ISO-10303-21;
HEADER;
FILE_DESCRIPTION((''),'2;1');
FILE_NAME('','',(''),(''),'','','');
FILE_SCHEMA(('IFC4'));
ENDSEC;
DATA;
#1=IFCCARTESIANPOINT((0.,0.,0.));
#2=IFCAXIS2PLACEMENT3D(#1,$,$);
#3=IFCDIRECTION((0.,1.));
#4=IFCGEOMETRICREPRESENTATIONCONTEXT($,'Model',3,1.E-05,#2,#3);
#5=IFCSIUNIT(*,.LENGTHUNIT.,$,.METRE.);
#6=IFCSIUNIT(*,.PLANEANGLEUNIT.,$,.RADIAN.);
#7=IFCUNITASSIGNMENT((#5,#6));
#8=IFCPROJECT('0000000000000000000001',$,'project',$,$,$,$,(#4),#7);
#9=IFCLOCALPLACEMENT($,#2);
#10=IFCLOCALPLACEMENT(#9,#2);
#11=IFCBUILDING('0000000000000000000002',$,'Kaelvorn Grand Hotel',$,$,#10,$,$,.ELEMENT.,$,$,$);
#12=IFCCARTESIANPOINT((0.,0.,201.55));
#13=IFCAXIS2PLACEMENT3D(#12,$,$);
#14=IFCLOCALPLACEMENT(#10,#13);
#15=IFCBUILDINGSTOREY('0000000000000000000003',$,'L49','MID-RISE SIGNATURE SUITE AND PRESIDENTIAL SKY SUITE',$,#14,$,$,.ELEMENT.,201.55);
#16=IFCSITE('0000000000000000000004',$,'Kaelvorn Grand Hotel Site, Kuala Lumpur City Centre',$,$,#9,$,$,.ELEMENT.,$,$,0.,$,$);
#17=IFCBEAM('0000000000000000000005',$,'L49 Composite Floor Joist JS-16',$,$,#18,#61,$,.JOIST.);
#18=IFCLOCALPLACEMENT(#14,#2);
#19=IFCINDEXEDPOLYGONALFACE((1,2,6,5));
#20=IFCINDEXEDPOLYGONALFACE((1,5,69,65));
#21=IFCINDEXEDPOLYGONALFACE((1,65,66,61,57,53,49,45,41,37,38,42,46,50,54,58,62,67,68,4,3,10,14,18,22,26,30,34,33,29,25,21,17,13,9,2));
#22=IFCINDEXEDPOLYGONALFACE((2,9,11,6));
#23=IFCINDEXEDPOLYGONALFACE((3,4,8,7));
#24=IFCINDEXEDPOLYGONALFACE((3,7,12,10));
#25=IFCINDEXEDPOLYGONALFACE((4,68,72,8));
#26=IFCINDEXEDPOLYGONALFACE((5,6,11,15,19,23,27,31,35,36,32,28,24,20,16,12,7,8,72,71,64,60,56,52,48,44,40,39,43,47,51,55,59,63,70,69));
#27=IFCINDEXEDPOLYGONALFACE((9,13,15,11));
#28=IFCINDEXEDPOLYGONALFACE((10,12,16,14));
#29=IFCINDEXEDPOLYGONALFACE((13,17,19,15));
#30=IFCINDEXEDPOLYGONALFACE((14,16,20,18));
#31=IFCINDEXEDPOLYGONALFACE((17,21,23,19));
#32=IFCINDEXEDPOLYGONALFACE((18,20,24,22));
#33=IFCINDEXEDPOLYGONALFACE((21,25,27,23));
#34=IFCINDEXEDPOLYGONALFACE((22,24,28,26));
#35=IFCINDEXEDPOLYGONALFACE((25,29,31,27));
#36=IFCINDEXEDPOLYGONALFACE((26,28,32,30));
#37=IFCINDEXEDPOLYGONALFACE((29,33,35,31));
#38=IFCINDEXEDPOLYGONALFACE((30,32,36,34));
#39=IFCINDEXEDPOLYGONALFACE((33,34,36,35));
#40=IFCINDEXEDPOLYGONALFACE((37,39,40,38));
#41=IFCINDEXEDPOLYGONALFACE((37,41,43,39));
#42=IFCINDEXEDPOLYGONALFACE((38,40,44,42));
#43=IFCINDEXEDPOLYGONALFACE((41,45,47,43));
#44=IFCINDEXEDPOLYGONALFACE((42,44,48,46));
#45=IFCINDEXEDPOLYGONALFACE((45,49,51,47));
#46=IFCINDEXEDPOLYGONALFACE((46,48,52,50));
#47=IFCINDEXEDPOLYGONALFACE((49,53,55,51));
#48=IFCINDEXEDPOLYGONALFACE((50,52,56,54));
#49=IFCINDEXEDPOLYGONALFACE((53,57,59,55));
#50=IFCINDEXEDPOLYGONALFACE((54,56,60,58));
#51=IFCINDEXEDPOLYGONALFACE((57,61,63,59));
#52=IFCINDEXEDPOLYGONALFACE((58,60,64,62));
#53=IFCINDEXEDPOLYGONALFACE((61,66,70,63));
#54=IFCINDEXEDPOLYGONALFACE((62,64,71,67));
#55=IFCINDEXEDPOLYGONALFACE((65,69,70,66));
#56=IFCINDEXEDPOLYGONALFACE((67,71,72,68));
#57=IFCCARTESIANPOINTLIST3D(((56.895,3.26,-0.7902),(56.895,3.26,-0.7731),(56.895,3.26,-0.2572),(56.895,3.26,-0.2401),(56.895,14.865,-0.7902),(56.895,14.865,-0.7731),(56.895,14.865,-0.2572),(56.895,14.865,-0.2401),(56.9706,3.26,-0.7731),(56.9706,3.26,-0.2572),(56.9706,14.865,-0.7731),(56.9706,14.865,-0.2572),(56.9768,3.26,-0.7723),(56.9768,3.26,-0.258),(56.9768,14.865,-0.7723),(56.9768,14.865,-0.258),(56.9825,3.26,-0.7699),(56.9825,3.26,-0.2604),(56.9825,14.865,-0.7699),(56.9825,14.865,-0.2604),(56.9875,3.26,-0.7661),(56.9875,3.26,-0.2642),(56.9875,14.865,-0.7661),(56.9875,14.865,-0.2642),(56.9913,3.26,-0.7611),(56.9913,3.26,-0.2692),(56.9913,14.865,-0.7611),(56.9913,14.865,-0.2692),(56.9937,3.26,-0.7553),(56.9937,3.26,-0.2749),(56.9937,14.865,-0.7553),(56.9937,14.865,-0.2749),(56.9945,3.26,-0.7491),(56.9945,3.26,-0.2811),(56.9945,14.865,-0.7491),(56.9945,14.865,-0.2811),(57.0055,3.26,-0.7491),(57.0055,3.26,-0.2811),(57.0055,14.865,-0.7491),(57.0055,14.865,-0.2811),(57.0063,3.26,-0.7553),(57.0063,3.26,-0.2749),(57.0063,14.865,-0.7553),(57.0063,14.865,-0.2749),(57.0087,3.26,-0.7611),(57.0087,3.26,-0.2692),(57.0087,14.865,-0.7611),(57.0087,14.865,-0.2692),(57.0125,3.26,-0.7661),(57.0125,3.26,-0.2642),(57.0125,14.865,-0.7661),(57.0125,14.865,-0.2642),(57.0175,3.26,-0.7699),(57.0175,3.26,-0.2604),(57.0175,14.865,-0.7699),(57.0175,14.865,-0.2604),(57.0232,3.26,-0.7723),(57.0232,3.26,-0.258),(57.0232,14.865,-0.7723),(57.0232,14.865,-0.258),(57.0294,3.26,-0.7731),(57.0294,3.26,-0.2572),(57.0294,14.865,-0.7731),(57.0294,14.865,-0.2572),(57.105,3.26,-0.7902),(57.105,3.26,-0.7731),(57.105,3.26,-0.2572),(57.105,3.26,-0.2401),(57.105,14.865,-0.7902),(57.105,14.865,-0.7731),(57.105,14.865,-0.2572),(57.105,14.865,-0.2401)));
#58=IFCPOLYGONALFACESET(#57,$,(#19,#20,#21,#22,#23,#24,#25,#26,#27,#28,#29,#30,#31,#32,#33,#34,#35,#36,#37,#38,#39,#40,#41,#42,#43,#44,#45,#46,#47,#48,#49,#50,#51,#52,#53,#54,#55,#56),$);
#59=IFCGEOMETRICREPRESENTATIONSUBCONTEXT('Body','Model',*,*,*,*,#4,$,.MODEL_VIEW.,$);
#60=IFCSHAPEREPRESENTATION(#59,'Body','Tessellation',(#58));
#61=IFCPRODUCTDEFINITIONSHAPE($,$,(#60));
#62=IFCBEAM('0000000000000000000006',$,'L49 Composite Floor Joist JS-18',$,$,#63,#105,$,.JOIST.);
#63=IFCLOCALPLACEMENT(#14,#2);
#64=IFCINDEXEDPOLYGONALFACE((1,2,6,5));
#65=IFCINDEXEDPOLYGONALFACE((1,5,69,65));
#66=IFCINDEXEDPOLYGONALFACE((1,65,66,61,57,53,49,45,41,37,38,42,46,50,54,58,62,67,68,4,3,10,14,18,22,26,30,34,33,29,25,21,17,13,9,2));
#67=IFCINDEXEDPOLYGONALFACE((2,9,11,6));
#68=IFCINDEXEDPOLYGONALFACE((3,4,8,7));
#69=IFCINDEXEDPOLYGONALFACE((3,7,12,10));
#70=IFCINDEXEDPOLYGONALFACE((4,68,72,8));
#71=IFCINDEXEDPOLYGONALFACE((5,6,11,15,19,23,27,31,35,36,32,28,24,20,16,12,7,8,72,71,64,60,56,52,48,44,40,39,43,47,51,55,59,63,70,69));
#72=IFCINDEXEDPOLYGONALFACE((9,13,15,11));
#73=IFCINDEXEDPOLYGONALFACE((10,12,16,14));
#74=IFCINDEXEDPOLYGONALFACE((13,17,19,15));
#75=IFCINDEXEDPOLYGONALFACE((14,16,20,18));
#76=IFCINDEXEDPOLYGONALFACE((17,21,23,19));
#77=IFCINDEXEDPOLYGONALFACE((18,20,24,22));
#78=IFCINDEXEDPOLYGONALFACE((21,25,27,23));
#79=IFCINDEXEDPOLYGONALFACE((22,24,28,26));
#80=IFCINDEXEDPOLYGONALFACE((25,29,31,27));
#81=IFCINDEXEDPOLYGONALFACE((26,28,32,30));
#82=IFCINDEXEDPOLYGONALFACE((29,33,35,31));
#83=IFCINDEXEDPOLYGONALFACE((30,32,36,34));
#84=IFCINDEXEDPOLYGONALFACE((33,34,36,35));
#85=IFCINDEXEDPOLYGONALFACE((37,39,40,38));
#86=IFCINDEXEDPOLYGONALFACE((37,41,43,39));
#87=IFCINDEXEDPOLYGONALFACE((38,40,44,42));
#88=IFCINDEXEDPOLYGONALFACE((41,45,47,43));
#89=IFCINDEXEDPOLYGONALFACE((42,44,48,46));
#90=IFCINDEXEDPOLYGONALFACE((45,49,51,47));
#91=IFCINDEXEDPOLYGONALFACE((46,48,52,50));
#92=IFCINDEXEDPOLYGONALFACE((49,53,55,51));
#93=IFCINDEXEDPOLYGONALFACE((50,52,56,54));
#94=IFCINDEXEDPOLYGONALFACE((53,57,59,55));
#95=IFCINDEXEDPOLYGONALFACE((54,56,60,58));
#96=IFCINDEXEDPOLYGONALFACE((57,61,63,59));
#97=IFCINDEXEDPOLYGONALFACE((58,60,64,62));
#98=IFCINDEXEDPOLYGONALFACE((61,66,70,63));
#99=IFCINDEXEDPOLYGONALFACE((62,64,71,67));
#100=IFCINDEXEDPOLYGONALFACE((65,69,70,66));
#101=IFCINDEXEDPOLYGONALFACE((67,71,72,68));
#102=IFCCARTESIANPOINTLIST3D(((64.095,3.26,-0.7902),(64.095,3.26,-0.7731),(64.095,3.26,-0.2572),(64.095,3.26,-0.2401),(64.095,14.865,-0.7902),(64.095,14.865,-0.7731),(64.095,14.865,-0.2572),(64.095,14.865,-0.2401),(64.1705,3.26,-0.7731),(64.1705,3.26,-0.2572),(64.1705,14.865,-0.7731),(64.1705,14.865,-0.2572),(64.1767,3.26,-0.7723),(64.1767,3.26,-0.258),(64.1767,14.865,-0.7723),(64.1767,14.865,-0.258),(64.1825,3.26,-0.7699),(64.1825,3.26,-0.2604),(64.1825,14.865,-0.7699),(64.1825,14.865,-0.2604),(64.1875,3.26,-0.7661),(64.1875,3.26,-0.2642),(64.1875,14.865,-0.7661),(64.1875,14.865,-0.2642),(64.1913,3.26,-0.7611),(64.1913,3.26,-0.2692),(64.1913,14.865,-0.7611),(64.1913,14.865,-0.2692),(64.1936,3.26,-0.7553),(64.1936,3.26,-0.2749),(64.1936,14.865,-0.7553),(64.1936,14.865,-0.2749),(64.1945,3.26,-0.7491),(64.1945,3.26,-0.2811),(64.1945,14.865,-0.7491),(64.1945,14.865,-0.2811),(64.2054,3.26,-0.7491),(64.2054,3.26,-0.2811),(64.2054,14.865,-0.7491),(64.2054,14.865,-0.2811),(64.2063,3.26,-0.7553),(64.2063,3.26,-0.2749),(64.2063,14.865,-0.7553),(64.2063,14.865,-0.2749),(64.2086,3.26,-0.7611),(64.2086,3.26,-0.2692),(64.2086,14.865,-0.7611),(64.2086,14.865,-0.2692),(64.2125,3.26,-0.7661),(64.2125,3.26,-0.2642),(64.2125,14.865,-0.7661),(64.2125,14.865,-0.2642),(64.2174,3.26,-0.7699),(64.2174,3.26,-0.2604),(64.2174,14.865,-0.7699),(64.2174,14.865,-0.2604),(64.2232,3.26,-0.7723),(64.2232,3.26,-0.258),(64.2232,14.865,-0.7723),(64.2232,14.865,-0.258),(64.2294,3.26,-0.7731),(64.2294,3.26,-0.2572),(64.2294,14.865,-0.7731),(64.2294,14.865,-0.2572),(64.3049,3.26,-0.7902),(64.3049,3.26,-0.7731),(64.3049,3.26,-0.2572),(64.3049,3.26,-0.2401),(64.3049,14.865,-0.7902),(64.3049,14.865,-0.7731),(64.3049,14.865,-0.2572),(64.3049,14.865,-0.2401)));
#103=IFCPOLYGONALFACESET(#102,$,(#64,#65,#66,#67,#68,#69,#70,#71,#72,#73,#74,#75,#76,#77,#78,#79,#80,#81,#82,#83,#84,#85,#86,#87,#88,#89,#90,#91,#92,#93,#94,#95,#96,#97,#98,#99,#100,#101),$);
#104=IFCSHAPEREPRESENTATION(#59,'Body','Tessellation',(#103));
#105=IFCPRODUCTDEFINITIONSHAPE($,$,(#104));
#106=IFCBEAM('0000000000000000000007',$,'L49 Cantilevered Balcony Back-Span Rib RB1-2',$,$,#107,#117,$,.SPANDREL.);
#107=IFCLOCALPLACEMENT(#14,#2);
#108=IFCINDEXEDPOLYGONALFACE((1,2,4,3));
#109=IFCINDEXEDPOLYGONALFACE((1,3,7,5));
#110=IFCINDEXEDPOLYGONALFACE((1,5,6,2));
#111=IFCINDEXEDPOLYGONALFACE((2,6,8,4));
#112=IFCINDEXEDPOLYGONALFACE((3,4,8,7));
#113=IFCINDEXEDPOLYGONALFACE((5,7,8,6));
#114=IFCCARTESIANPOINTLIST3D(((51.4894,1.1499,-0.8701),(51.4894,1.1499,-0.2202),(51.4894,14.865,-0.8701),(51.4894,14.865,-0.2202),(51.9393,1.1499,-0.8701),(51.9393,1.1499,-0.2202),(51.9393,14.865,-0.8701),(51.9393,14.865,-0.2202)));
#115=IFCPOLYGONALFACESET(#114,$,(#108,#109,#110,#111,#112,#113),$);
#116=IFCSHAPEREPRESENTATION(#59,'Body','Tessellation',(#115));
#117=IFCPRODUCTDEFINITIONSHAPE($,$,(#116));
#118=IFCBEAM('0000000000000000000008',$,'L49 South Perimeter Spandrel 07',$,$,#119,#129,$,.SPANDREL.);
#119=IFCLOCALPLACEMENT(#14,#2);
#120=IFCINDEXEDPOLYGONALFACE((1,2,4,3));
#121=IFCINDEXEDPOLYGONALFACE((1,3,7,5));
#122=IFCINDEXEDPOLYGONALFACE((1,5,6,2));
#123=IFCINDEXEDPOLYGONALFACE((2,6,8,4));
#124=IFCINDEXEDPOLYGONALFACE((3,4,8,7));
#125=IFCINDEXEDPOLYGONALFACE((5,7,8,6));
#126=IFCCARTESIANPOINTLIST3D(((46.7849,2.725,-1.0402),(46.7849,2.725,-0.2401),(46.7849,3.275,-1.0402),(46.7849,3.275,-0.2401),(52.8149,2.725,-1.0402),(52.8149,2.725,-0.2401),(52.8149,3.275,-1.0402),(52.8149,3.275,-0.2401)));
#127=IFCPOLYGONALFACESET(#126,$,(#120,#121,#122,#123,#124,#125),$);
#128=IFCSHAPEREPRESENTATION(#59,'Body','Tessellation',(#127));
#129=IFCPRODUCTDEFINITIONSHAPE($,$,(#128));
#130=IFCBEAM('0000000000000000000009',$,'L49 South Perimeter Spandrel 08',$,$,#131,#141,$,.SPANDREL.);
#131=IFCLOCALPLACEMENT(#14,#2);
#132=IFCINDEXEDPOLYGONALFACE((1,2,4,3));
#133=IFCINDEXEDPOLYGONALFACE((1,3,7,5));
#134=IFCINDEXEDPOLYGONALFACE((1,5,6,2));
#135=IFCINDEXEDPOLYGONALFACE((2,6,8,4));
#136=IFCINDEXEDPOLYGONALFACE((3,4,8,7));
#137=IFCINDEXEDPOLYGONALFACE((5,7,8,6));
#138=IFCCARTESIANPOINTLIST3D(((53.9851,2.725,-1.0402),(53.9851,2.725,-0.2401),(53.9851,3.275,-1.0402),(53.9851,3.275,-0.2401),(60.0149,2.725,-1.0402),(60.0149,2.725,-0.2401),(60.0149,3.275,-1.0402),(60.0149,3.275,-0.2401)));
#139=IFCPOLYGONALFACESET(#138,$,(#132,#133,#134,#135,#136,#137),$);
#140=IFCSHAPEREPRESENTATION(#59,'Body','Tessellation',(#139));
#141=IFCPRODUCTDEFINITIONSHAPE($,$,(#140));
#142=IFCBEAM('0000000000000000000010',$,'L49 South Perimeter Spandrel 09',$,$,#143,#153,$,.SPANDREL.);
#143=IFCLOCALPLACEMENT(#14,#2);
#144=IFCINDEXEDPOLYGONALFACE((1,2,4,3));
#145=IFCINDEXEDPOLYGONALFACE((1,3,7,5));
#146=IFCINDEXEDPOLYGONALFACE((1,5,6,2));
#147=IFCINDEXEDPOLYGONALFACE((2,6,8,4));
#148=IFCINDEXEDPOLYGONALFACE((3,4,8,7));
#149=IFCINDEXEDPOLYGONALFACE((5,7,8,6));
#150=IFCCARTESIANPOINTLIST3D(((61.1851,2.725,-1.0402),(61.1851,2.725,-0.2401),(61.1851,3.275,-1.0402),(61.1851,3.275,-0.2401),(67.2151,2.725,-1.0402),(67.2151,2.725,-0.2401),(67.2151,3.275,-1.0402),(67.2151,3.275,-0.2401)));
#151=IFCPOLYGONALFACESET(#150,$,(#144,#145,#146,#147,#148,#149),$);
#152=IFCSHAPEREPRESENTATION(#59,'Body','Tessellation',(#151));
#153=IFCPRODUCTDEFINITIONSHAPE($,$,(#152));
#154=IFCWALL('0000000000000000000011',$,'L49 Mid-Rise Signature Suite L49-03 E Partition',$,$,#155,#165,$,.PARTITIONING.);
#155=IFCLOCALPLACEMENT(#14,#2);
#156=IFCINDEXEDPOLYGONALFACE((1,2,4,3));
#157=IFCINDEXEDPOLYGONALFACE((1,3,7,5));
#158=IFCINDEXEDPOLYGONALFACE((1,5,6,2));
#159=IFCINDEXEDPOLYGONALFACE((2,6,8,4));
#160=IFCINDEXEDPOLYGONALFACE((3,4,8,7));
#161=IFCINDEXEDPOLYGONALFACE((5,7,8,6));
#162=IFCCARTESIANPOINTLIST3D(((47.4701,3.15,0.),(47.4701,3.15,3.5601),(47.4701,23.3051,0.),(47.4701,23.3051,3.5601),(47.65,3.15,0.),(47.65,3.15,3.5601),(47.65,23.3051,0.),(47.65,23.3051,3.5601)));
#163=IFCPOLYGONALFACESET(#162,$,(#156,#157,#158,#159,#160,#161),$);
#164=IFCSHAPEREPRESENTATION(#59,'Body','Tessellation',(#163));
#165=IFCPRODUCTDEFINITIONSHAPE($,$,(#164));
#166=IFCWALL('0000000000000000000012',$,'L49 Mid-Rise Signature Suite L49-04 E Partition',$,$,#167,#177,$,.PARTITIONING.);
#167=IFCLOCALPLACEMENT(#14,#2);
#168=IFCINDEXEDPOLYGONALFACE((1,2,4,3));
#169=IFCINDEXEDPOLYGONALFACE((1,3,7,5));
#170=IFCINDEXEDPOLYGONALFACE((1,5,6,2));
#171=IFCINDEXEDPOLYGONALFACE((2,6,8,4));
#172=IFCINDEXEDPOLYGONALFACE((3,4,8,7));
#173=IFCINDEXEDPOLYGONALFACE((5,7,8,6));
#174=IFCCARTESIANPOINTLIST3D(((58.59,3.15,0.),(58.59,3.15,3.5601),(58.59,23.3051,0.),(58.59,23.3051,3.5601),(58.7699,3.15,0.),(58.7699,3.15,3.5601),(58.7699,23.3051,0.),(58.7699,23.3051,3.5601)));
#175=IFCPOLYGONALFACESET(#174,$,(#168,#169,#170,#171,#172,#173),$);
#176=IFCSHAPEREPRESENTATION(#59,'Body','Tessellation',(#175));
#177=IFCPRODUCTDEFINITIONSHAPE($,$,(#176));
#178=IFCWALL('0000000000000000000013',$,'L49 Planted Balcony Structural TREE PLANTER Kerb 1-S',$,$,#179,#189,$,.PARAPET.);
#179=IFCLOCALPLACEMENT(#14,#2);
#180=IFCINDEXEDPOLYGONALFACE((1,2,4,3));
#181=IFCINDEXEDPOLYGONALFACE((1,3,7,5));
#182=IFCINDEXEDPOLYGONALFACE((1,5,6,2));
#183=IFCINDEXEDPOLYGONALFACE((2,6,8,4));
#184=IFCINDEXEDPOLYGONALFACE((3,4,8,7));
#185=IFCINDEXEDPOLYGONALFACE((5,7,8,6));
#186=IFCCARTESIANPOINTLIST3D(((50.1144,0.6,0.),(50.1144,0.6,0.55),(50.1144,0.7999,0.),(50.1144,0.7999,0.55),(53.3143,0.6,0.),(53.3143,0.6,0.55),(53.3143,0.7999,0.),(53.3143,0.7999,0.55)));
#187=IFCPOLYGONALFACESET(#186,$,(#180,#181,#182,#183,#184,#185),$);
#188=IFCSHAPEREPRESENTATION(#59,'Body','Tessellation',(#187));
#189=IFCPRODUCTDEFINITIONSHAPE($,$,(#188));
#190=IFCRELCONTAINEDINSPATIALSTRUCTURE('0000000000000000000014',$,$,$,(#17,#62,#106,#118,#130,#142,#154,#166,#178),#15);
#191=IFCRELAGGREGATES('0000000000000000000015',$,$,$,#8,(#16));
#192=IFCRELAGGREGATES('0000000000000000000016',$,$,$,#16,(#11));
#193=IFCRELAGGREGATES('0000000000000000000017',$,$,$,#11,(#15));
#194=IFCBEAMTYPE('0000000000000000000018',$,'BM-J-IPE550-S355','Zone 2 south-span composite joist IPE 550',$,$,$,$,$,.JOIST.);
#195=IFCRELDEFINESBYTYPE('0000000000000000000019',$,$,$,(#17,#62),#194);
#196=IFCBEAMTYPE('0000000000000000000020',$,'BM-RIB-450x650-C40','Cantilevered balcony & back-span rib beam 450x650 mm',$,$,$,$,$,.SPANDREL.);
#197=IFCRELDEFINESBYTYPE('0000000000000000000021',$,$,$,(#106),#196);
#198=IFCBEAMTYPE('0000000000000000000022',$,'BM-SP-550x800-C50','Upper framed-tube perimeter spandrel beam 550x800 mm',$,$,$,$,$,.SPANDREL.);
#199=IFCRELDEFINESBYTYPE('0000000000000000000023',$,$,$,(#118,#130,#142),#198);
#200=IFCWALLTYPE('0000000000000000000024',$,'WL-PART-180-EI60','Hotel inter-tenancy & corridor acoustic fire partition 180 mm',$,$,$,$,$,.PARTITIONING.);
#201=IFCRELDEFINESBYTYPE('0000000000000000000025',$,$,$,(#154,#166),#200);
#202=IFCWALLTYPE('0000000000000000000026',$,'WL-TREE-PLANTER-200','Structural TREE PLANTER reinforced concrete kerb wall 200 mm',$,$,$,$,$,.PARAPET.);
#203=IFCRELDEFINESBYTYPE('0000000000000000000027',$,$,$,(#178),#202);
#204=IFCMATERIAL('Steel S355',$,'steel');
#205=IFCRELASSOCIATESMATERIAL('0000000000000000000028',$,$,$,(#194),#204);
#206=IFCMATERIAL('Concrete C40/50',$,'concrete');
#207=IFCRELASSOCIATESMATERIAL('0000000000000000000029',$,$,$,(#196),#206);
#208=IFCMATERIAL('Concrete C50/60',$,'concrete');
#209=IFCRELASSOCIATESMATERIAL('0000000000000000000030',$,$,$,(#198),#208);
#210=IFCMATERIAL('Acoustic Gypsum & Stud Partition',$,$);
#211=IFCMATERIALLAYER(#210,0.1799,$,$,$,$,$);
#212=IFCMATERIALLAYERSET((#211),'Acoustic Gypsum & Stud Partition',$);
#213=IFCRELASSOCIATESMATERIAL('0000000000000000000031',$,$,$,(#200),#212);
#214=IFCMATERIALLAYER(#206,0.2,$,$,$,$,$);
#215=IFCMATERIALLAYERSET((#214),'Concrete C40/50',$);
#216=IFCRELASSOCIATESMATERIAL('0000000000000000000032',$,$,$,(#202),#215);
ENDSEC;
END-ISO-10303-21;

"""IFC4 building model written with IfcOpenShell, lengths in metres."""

from ifc_helpers import new_model, si_unit, direction, frame, frame_2d, origin, origin_2d, place, context, subcontext, project, spatial, rectangle, i_section, extrude, material, layer, layer_set, material_profile, profile_set, type_object, element, save


model = new_model("IFC4")

# Units and contexts
model_context = context("Model", 3, precision=1e-05, world=origin(), true_north=direction((0.0, 1.0)))
body_context = subcontext(model_context, "Body", "Model", "MODEL_VIEW")
ifc_project = project(units=[si_unit("LENGTHUNIT", "METRE"), si_unit("PLANEANGLEUNIT", "RADIAN")], contexts=[model_context])

# Site, building, storey
site_placement = place(None, origin())
site = spatial("IfcSite", under=ifc_project, at=site_placement, Name="Kaelvorn Grand Hotel Site, Kuala Lumpur City Centre", CompositionType="ELEMENT", RefElevation=0.0)
building_placement = place(site_placement, origin())
building = spatial("IfcBuilding", under=site, at=building_placement, Name="Kaelvorn Grand Hotel", CompositionType="ELEMENT")
storey_placement = place(building_placement, frame((0.0, 0.0, 201.55)))
storey = spatial("IfcBuildingStorey", under=building, at=storey_placement, Name="L49", Description="MID-RISE SIGNATURE SUITE AND PRESIDENTIAL SKY SUITE", CompositionType="ELEMENT", Elevation=201.55)

# Beams
ifc_material_1 = material(Name="Steel S355", Category="steel")
ifc_material_profile_1 = material_profile(ifc_material_1, i_section(OverallWidth=0.21, OverallDepth=0.55, WebThickness=0.011, FlangeThickness=0.0171, FilletRadius=0.0239, at=origin_2d()), Name="IPE 550")
ifc_profile_set_1 = profile_set([ifc_material_profile_1], Name="Steel S355")
beam_type_1 = type_object("IfcBeamType", Name="BM-J-IPE550-S355", Description="Zone 2 south-span composite joist IPE 550", PredefinedType="JOIST", material=ifc_profile_set_1)
for number, where, z_axis, x_axis, name in (
    (1, (57.0, 3.26, -0.5151), (0.0, 1.0, 0.0), (-1.0, 0.0, 0.0), "L49 Composite Floor Joist JS-16"),
    (2, (64.2, 3.26, -0.5151), (0.0, 1.0, 0.0), (-1.0, 0.0, 0.0), "L49 Composite Floor Joist JS-18"),
):
    element("IfcBeam", number, at=place(storey_placement, frame(where, z_axis=z_axis, x_axis=x_axis)), inside=storey, type_object=beam_type_1, Name=name, PredefinedType="JOIST", context=body_context, shape_type="SweptSolid", body=[
        extrude(i_section(OverallWidth=0.21, OverallDepth=0.55, WebThickness=0.011, FlangeThickness=0.0171, FilletRadius=0.0239, at=origin_2d()), origin(), (0.0, 0.0, 1.0), 11.605),
    ])
ifc_material_2 = material(Name="Concrete C40/50", Category="concrete")
ifc_material_profile_2 = material_profile(ifc_material_2, rectangle(XDim=0.45, YDim=0.6499, at=origin_2d()), Name="RC RIB 450x650")
ifc_profile_set_2 = profile_set([ifc_material_profile_2], Name="Concrete C40/50")
beam_type_2 = type_object("IfcBeamType", Name="BM-RIB-450x650-C40", Description="Cantilevered balcony & back-span rib beam 450x650 mm", PredefinedType="SPANDREL", material=ifc_profile_set_2)
beam_1_placement = place(storey_placement, frame((51.7144, 1.1499, -0.5452), z_axis=(0.0, 1.0, 0.0), x_axis=(-1.0, 0.0, 0.0)))
element("IfcBeam", 3, at=beam_1_placement, inside=storey, type_object=beam_type_2, Name="L49 Cantilevered Balcony Back-Span Rib RB1-2", PredefinedType="SPANDREL", context=body_context, shape_type="SweptSolid", body=[
    extrude(rectangle(XDim=0.45, YDim=0.6499, at=origin_2d()), origin(), (0.0, 0.0, 1.0), 13.7151),
])
ifc_material_3 = material(Name="Concrete C50/60", Category="concrete")
ifc_material_profile_3 = material_profile(ifc_material_3, rectangle(XDim=0.55, YDim=0.8, at=origin_2d()), Name="RC SPANDREL 550x800")
ifc_profile_set_3 = profile_set([ifc_material_profile_3], Name="Concrete C50/60")
beam_type_3 = type_object("IfcBeamType", Name="BM-SP-550x800-C50", Description="Upper framed-tube perimeter spandrel beam 550x800 mm", PredefinedType="SPANDREL", material=ifc_profile_set_3)
beam_2_placement = place(storey_placement, frame((46.7849, 3.0, -0.6401), z_axis=(1.0, 0.0, 0.0), x_axis=(0.0, 1.0, 0.0)))
element("IfcBeam", 4, at=beam_2_placement, inside=storey, type_object=beam_type_3, Name="L49 South Perimeter Spandrel 07", PredefinedType="SPANDREL", context=body_context, shape_type="SweptSolid", body=[
    extrude(rectangle(XDim=0.55, YDim=0.8, at=origin_2d()), origin(), (0.0, 0.0, 1.0), 6.03),
])
beam_3_placement = place(storey_placement, frame((53.9851, 3.0, -0.6401), z_axis=(1.0, 0.0, 0.0), x_axis=(0.0, 1.0, 0.0)))
element("IfcBeam", 5, at=beam_3_placement, inside=storey, type_object=beam_type_3, Name="L49 South Perimeter Spandrel 08", PredefinedType="SPANDREL", context=body_context, shape_type="SweptSolid", body=[
    extrude(rectangle(XDim=0.55, YDim=0.8, at=origin_2d()), origin(), (0.0, 0.0, 1.0), 6.0298),
])
beam_4_placement = place(storey_placement, frame((61.1851, 3.0, -0.6401), z_axis=(1.0, 0.0, 0.0), x_axis=(0.0, 1.0, 0.0)))
element("IfcBeam", 6, at=beam_4_placement, inside=storey, type_object=beam_type_3, Name="L49 South Perimeter Spandrel 09", PredefinedType="SPANDREL", context=body_context, shape_type="SweptSolid", body=[
    extrude(rectangle(XDim=0.55, YDim=0.8, at=origin_2d()), origin(), (0.0, 0.0, 1.0), 6.03),
])

# Walls
ifc_material_4 = material(Name="Acoustic Gypsum & Stud Partition")
ifc_layer_1 = layer(ifc_material_4, 0.1799)
ifc_layer_set_1 = layer_set([ifc_layer_1], Name="Acoustic Gypsum & Stud Partition")
wall_type_1 = type_object("IfcWallType", Name="WL-PART-180-EI60", Description="Hotel inter-tenancy & corridor acoustic fire partition 180 mm", PredefinedType="PARTITIONING", material=ifc_layer_set_1)
for number, where, z_axis, x_axis, name in (
    (7, (47.5601, 3.1499, 0.0), (0.0, 0.0, 1.0), (0.0, 1.0, 0.0), "L49 Mid-Rise Signature Suite L49-03 E Partition"),
    (8, (58.6799, 3.1499, 0.0), (0.0, 0.0, 1.0), (0.0, 1.0, 0.0), "L49 Mid-Rise Signature Suite L49-04 E Partition"),
):
    element("IfcWall", number, at=place(storey_placement, frame(where, z_axis=z_axis, x_axis=x_axis)), inside=storey, type_object=wall_type_1, Name=name, PredefinedType="PARTITIONING", context=body_context, shape_type="SweptSolid", body=[
        extrude(rectangle(XDim=20.155, YDim=0.1799, at=frame_2d((10.0776, 0.0))), origin(), (0.0, 0.0, 1.0), 3.5601),
    ])
ifc_layer_2 = layer(ifc_material_2, 0.2)
ifc_layer_set_2 = layer_set([ifc_layer_2], Name="Concrete C40/50")
wall_type_2 = type_object("IfcWallType", Name="WL-TREE-PLANTER-200", Description="Structural TREE PLANTER reinforced concrete kerb wall 200 mm", PredefinedType="PARAPET", material=ifc_layer_set_2)
wall_1_placement = place(storey_placement, frame((50.1143, 0.7, 0.0), z_axis=(0.0, 0.0, 1.0), x_axis=(1.0, 0.0, 0.0)))
element("IfcWall", 9, at=wall_1_placement, inside=storey, type_object=wall_type_2, Name="L49 Planted Balcony Structural TREE PLANTER Kerb 1-S", PredefinedType="PARAPET", context=body_context, shape_type="SweptSolid", body=[
    extrude(rectangle(XDim=3.2, YDim=0.2, at=frame_2d((1.6001, 0.0))), origin(), (0.0, 0.0, 1.0), 0.55),
])

save(model, "model.ifc")
